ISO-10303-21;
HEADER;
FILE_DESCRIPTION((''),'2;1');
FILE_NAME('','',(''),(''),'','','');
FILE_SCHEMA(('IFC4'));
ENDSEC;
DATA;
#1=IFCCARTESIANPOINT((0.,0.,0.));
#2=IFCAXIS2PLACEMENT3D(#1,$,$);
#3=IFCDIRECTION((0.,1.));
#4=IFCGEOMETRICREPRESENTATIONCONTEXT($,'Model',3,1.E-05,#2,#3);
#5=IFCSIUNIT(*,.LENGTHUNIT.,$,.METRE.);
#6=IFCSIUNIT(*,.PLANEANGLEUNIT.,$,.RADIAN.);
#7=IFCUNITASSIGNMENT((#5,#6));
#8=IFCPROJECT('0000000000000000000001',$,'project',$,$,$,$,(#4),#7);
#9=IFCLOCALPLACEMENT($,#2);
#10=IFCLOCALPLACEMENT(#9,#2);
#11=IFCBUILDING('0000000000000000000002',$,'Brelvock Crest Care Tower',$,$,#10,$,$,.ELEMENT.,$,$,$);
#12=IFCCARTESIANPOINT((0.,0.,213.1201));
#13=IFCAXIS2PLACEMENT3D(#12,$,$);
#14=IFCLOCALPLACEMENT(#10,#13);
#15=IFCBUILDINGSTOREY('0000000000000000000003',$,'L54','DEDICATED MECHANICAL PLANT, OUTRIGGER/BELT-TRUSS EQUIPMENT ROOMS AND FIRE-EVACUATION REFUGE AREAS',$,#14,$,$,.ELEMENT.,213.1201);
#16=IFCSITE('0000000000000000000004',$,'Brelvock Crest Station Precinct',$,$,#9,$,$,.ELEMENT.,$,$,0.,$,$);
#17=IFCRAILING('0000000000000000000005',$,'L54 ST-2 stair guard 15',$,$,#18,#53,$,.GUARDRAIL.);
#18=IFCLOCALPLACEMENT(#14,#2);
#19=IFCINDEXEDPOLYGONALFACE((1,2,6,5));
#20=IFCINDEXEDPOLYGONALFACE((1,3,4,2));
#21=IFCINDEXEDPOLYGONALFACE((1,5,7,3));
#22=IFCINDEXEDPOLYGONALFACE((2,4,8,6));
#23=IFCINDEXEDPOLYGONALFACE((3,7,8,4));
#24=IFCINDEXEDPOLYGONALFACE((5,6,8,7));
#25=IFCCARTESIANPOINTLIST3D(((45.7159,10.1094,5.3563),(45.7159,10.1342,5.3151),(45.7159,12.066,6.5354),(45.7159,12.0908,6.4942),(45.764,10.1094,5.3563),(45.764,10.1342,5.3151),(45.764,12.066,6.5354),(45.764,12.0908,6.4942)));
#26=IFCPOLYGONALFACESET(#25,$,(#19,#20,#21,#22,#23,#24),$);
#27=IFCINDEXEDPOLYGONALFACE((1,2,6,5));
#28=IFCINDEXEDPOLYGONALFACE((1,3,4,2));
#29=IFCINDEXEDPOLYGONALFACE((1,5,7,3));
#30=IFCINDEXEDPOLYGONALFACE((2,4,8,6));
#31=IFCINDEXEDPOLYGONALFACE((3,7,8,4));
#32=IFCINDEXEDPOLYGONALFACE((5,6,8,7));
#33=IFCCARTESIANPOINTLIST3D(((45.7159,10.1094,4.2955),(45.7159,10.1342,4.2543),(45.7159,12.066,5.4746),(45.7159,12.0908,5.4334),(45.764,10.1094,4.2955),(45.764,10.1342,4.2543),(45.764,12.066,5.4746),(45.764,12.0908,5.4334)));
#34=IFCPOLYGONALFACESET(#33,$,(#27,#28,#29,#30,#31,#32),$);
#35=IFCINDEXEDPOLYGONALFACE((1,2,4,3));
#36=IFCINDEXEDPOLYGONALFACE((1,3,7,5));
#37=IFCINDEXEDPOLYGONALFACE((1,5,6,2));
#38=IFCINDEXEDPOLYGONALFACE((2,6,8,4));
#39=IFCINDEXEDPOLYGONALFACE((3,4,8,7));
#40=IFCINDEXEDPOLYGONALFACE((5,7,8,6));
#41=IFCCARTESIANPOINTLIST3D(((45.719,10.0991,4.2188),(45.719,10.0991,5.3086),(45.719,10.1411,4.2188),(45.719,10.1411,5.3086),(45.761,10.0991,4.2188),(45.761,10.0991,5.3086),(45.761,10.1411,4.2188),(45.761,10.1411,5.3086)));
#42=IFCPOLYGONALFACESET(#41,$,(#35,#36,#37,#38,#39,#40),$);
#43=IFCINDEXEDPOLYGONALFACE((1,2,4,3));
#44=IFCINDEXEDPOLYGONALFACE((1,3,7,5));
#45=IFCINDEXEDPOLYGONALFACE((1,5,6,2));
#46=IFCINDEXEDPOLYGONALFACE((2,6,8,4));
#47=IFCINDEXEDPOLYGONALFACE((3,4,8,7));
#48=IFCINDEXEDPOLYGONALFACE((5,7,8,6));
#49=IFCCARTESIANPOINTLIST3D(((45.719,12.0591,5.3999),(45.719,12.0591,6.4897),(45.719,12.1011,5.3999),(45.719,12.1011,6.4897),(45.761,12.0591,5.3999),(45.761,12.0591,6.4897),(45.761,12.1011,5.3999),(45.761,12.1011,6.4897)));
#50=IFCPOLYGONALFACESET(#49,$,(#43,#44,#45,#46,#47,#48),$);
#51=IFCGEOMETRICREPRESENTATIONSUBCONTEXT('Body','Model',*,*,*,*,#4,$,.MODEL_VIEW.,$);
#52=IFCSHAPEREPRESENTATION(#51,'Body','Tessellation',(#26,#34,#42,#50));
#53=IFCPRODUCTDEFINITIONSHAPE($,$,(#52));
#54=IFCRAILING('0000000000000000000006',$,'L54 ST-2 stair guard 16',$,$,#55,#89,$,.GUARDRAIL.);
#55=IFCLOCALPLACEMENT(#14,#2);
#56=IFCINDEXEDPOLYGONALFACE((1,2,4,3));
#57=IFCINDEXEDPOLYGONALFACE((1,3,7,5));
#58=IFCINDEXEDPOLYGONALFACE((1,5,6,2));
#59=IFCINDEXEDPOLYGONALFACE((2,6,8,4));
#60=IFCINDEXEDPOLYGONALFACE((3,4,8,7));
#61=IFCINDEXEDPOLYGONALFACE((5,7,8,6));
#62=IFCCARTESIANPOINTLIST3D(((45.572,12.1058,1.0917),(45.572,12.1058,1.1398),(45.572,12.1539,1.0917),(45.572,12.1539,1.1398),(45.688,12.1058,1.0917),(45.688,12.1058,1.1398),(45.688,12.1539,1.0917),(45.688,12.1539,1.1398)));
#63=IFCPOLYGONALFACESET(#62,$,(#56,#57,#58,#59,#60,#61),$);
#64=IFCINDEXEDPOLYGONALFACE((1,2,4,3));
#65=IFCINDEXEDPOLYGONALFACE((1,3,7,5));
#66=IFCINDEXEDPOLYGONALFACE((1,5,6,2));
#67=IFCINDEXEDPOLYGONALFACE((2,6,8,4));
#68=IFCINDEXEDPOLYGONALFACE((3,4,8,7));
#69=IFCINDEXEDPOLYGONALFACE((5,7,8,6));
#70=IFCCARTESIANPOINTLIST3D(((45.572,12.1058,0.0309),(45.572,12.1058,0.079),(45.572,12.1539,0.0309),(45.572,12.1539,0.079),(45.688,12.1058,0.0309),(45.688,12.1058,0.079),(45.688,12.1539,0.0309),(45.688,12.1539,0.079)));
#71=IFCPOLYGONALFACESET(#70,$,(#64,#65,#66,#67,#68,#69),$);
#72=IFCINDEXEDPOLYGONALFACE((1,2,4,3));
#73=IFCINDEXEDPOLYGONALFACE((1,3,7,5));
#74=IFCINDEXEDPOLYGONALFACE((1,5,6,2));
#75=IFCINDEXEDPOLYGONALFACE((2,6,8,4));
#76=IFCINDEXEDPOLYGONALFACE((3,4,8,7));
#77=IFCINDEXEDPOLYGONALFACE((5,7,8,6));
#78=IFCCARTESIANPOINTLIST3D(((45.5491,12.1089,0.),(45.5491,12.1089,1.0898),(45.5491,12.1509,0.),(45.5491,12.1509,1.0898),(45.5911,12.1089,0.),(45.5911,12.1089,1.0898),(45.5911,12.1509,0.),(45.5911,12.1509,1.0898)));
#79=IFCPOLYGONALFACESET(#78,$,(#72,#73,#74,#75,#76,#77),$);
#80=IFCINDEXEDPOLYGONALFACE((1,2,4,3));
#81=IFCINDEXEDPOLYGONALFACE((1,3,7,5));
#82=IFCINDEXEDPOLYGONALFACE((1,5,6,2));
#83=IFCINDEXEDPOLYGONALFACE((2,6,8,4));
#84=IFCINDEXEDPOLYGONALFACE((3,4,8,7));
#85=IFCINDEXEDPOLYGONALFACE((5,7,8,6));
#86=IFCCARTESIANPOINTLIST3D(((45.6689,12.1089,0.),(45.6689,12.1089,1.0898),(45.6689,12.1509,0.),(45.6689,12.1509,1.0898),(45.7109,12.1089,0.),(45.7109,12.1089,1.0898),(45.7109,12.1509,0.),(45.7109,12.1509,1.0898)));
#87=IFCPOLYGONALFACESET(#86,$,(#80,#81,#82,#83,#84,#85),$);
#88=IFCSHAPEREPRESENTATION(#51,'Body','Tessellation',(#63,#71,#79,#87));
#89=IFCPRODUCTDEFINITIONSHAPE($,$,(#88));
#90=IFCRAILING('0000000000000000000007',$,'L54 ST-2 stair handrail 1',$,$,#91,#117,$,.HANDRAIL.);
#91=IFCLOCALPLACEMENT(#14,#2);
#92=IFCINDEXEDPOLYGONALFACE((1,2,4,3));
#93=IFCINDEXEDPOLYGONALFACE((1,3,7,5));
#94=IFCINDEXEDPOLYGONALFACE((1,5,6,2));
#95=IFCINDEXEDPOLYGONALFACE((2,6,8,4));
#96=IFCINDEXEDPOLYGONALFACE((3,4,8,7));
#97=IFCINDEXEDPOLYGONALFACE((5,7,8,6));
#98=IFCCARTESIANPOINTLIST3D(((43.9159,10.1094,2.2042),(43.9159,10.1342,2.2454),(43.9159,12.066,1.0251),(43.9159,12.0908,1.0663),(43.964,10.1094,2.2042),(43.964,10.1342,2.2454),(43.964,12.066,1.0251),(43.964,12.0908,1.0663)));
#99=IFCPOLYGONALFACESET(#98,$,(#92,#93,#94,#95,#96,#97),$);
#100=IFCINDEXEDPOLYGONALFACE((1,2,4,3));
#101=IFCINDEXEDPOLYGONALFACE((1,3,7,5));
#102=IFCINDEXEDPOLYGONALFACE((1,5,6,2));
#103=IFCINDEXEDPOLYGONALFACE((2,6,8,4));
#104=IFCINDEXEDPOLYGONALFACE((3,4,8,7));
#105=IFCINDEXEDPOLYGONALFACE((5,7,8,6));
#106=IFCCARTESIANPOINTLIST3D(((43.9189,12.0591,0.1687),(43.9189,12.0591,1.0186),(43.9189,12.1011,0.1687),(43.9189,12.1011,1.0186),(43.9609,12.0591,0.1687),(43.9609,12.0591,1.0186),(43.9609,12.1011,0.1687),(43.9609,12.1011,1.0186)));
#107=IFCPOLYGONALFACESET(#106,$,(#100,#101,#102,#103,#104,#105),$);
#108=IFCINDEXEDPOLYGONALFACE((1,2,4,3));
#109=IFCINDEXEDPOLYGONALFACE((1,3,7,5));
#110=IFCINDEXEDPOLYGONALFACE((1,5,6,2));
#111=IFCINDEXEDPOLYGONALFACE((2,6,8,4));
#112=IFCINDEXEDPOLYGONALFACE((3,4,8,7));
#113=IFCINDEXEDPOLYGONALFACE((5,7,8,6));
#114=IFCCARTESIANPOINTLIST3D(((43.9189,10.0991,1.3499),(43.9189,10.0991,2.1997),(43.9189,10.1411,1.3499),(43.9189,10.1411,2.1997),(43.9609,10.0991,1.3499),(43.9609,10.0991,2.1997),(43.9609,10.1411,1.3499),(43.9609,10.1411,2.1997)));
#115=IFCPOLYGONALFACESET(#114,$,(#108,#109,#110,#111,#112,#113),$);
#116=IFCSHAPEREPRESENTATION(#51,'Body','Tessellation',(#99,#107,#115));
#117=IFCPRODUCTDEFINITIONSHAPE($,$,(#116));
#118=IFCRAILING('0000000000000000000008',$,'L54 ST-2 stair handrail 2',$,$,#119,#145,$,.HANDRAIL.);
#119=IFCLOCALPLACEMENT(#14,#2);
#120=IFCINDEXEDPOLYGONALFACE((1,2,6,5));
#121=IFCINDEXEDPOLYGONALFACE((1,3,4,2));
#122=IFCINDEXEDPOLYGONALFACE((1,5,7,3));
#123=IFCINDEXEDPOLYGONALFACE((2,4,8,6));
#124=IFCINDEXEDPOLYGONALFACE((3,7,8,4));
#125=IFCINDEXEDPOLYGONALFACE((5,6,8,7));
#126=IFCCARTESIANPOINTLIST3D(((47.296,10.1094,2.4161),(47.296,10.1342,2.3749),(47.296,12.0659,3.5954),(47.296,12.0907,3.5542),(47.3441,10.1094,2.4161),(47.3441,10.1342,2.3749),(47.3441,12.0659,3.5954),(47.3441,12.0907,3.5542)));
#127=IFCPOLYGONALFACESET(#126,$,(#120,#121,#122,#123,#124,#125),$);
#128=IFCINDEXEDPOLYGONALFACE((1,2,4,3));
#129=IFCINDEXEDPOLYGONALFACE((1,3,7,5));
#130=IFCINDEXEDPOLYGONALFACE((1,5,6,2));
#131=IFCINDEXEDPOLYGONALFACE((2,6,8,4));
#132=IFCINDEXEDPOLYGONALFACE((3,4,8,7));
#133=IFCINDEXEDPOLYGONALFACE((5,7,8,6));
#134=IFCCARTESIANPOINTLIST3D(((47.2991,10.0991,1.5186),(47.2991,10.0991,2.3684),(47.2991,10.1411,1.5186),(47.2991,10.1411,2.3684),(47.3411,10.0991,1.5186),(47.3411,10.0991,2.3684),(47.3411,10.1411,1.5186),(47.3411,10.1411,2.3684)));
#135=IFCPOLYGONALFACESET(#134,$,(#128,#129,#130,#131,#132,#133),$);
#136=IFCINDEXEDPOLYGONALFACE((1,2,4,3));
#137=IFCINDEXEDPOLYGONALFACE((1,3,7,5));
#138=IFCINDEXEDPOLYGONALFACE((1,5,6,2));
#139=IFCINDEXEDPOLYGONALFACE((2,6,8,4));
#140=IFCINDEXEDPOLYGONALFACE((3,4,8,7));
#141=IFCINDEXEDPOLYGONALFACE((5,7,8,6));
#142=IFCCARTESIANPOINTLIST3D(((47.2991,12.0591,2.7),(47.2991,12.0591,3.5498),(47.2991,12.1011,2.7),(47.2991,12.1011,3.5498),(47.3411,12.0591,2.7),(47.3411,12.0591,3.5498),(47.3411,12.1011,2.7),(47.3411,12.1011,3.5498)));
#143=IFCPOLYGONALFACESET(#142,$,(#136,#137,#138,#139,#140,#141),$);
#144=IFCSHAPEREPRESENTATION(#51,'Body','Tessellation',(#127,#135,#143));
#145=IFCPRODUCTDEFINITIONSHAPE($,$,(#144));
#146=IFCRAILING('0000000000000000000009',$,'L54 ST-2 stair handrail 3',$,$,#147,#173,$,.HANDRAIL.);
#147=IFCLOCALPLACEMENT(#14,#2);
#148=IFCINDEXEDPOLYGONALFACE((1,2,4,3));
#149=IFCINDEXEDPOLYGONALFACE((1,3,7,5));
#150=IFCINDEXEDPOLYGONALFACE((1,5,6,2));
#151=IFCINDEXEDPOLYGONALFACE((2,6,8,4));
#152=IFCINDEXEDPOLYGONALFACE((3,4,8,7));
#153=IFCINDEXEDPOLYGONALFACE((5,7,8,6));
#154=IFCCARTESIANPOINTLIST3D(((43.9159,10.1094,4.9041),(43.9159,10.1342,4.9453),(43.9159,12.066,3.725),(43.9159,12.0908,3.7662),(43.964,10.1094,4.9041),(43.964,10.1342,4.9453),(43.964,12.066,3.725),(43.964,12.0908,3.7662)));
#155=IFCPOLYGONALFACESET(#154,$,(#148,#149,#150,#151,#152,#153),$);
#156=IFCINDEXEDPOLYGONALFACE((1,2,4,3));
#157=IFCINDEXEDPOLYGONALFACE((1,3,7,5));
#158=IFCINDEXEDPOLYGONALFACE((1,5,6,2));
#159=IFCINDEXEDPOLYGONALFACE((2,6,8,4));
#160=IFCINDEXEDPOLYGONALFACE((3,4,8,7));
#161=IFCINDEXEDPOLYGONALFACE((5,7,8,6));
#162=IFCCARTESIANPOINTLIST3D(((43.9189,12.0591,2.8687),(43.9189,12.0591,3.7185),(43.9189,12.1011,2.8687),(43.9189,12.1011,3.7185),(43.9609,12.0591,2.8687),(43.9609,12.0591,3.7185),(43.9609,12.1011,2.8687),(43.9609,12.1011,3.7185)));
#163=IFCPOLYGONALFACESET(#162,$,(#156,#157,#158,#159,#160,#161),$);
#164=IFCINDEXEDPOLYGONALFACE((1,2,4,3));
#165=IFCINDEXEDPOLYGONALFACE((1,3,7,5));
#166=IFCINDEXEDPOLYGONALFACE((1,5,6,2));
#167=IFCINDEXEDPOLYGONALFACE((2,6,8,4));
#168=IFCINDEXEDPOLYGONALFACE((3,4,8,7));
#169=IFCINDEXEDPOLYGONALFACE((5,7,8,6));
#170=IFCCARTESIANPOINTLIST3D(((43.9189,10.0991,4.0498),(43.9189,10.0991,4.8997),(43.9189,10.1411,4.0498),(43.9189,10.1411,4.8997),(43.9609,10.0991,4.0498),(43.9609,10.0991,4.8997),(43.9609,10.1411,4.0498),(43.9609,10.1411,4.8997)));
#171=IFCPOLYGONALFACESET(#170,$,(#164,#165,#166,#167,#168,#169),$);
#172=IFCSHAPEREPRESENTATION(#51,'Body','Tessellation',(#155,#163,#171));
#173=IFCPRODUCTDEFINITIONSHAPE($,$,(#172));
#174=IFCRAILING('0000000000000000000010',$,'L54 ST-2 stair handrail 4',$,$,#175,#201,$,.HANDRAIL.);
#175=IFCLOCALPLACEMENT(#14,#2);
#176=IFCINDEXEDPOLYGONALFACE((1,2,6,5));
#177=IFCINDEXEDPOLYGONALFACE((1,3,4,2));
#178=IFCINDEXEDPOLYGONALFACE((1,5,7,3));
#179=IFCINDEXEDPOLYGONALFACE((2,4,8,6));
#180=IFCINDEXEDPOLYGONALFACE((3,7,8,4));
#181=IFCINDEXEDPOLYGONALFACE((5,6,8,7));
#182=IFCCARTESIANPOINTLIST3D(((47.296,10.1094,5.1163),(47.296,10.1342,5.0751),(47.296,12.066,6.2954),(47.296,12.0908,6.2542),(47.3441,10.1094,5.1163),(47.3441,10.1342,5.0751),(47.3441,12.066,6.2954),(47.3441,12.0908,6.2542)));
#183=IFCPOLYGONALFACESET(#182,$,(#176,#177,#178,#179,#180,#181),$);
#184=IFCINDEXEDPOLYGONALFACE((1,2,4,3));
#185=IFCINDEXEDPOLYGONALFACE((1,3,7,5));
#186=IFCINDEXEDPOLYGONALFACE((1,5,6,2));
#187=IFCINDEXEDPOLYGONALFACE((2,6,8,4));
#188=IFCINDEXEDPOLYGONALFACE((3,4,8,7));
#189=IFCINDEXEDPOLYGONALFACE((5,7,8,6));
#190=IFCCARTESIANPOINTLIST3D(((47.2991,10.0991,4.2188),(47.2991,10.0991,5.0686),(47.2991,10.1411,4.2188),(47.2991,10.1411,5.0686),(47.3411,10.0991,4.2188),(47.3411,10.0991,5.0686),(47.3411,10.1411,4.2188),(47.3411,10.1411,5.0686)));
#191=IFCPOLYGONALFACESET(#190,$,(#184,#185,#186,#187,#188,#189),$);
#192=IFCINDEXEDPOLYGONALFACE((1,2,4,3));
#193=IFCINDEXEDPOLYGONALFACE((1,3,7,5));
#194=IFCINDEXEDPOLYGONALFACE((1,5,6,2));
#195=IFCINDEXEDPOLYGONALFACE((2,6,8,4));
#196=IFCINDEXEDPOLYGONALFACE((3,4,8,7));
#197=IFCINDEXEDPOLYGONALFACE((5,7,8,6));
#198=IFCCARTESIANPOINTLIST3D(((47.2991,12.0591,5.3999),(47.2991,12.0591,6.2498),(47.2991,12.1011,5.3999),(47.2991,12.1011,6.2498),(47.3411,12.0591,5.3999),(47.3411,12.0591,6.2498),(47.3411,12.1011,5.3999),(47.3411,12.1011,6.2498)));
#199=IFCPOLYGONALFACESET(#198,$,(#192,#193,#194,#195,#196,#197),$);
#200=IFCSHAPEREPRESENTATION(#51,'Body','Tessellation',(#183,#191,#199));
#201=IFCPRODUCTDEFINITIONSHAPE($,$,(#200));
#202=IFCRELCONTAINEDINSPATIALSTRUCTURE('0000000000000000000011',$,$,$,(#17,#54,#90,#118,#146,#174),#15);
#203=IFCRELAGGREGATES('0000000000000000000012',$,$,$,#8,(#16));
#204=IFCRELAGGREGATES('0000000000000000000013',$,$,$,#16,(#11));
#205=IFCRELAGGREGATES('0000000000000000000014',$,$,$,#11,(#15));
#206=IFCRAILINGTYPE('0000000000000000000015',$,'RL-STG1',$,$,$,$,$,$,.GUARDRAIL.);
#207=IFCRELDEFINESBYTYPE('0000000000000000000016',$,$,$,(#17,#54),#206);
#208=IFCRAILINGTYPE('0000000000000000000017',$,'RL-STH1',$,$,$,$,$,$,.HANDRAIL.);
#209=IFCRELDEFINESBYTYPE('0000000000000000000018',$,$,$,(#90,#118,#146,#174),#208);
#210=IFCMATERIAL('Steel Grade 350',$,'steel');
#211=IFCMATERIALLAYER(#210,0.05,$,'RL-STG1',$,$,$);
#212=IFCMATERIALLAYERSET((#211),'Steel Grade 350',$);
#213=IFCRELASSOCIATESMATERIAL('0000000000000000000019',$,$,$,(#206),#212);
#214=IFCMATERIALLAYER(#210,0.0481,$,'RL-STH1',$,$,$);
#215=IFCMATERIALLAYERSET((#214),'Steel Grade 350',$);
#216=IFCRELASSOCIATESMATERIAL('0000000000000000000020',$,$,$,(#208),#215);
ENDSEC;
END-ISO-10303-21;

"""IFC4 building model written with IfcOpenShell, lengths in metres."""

from ifc_helpers import new_model, si_unit, direction, frame, origin, origin_2d, place, context, subcontext, project, spatial, rectangle, extrude, material, layer, layer_set, type_object, element, save


model = new_model("IFC4")

# Units and contexts
model_context = context("Model", 3, precision=1e-05, world=origin(), true_north=direction((0.0, 1.0)))
body_context = subcontext(model_context, "Body", "Model", "MODEL_VIEW")
ifc_project = project(units=[si_unit("LENGTHUNIT", "METRE"), si_unit("PLANEANGLEUNIT", "RADIAN")], contexts=[model_context])

# Site, building, storey
site_placement = place(None, origin())
site = spatial("IfcSite", under=ifc_project, at=site_placement, Name="Brelvock Crest Station Precinct", CompositionType="ELEMENT", RefElevation=0.0)
building_placement = place(site_placement, origin())
building = spatial("IfcBuilding", under=site, at=building_placement, Name="Brelvock Crest Care Tower", CompositionType="ELEMENT")
storey_placement = place(building_placement, frame((0.0, 0.0, 213.1201)))
storey = spatial("IfcBuildingStorey", under=building, at=storey_placement, Name="L54", Description="DEDICATED MECHANICAL PLANT, OUTRIGGER/BELT-TRUSS EQUIPMENT ROOMS AND FIRE-EVACUATION REFUGE AREAS", CompositionType="ELEMENT", Elevation=213.1201)

# Shared definitions
ifc_material_1 = material(Name="Steel Grade 350", Category="steel")

# Railings
ifc_layer_1 = layer(ifc_material_1, 0.05, Name="RL-STG1")
ifc_layer_set_1 = layer_set([ifc_layer_1], Name="Steel Grade 350")
railing_type_1 = type_object("IfcRailingType", Name="RL-STG1", PredefinedType="GUARDRAIL", material=ifc_layer_set_1)
railing_1_placement = place(storey_placement, frame((45.74, 10.1201, 4.2188)))
element("IfcRailing", 1, at=railing_1_placement, inside=storey, type_object=railing_type_1, Name="L54 ST-2 stair guard 15", PredefinedType="GUARDRAIL", context=body_context, shape_type="SweptSolid", body=[
    extrude(rectangle(XDim=0.0481, YDim=0.0481, at=origin_2d()), frame((0.0, 0.0017, 1.1169), z_axis=(0.0, 0.856493, 0.516158), x_axis=(-1.0, 0.0, 0.0)), (0.0, 0.0, 1.0), 2.2844),
    extrude(rectangle(XDim=0.0481, YDim=0.0481, at=origin_2d()), frame((0.0, 0.0017, 0.0562), z_axis=(0.0, 0.856493, 0.516158), x_axis=(-1.0, 0.0, 0.0)), (0.0, 0.0, 1.0), 2.2844),
    extrude(rectangle(XDim=0.042, YDim=0.042, at=origin_2d()), origin(), (0.0, 0.0, 1.0), 1.0898),
    extrude(rectangle(XDim=0.042, YDim=0.042, at=origin_2d()), frame((0.0, 1.96, 1.1812)), (0.0, 0.0, 1.0), 1.0898),
])
railing_2_placement = place(storey_placement, frame((45.5701, 12.1299, 0.0)))
element("IfcRailing", 2, at=railing_2_placement, inside=storey, type_object=railing_type_1, Name="L54 ST-2 stair guard 16", PredefinedType="GUARDRAIL", context=body_context, shape_type="SweptSolid", body=[
    extrude(rectangle(XDim=0.0481, YDim=0.0481, at=origin_2d()), frame((0.002, 0.0, 1.1157), z_axis=(1.0, 0.0, 0.0), x_axis=(0.0, 1.0, 0.0)), (0.0, 0.0, 1.0), 0.116),
    extrude(rectangle(XDim=0.0481, YDim=0.0481, at=origin_2d()), frame((0.002, 0.0, 0.0549), z_axis=(1.0, 0.0, 0.0), x_axis=(0.0, 1.0, 0.0)), (0.0, 0.0, 1.0), 0.116),
    extrude(rectangle(XDim=0.042, YDim=0.042, at=origin_2d()), origin(), (0.0, 0.0, 1.0), 1.0898),
    extrude(rectangle(XDim=0.042, YDim=0.042, at=origin_2d()), frame((0.1199, 0.0, 0.0)), (0.0, 0.0, 1.0), 1.0898),
])
ifc_layer_2 = layer(ifc_material_1, 0.0481, Name="RL-STH1")
ifc_layer_set_2 = layer_set([ifc_layer_2], Name="Steel Grade 350")
railing_type_2 = type_object("IfcRailingType", Name="RL-STH1", PredefinedType="HANDRAIL", material=ifc_layer_set_2)
railing_3_placement = place(storey_placement, frame((43.9399, 12.0801, 0.1687)))
element("IfcRailing", 3, at=railing_3_placement, inside=storey, type_object=railing_type_2, Name="L54 ST-2 stair handrail 1", PredefinedType="HANDRAIL", context=body_context, shape_type="SweptSolid", body=[
    extrude(rectangle(XDim=0.0481, YDim=0.0481, at=origin_2d()), frame((0.0, -0.0017, 0.877), z_axis=(0.0, -0.856493, 0.516158), x_axis=(1.0, 0.0, 0.0)), (0.0, 0.0, 1.0), 2.2844),
    extrude(rectangle(XDim=0.042, YDim=0.042, at=origin_2d()), origin(), (0.0, 0.0, 1.0), 0.8499),
    extrude(rectangle(XDim=0.042, YDim=0.042, at=origin_2d()), frame((0.0, -1.96, 1.1812)), (0.0, 0.0, 1.0), 0.8499),
])
railing_4_placement = place(storey_placement, frame((47.3201, 10.1201, 1.5186)))
element("IfcRailing", 4, at=railing_4_placement, inside=storey, type_object=railing_type_2, Name="L54 ST-2 stair handrail 2", PredefinedType="HANDRAIL", context=body_context, shape_type="SweptSolid", body=[
    extrude(rectangle(XDim=0.0481, YDim=0.0481, at=origin_2d()), frame((0.0, 0.0017, 0.877), z_axis=(0.0, 0.856446, 0.516236), x_axis=(-1.0, 0.0, 0.0)), (0.0, 0.0, 1.0), 2.2844),
    extrude(rectangle(XDim=0.042, YDim=0.042, at=origin_2d()), origin(), (0.0, 0.0, 1.0), 0.8499),
    extrude(rectangle(XDim=0.042, YDim=0.042, at=origin_2d()), frame((0.0, 1.96, 1.1814)), (0.0, 0.0, 1.0), 0.8499),
])
railing_5_placement = place(storey_placement, frame((43.9399, 12.0801, 2.8687)))
element("IfcRailing", 5, at=railing_5_placement, inside=storey, type_object=railing_type_2, Name="L54 ST-2 stair handrail 3", PredefinedType="HANDRAIL", context=body_context, shape_type="SweptSolid", body=[
    extrude(rectangle(XDim=0.0481, YDim=0.0481, at=origin_2d()), frame((0.0, -0.0017, 0.877), z_axis=(0.0, -0.856493, 0.516158), x_axis=(1.0, 0.0, 0.0)), (0.0, 0.0, 1.0), 2.2844),
    extrude(rectangle(XDim=0.042, YDim=0.042, at=origin_2d()), origin(), (0.0, 0.0, 1.0), 0.8499),
    extrude(rectangle(XDim=0.042, YDim=0.042, at=origin_2d()), frame((0.0, -1.96, 1.1812)), (0.0, 0.0, 1.0), 0.8499),
])
railing_6_placement = place(storey_placement, frame((47.3201, 10.1201, 4.2188)))
element("IfcRailing", 6, at=railing_6_placement, inside=storey, type_object=railing_type_2, Name="L54 ST-2 stair handrail 4", PredefinedType="HANDRAIL", context=body_context, shape_type="SweptSolid", body=[
    extrude(rectangle(XDim=0.0481, YDim=0.0481, at=origin_2d()), frame((0.0, 0.0017, 0.877), z_axis=(0.0, 0.856493, 0.516158), x_axis=(-1.0, 0.0, 0.0)), (0.0, 0.0, 1.0), 2.2844),
    extrude(rectangle(XDim=0.042, YDim=0.042, at=origin_2d()), origin(), (0.0, 0.0, 1.0), 0.8499),
    extrude(rectangle(XDim=0.042, YDim=0.042, at=origin_2d()), frame((0.0, 1.96, 1.1812)), (0.0, 0.0, 1.0), 0.8499),
])

save(model, "model.ifc")
